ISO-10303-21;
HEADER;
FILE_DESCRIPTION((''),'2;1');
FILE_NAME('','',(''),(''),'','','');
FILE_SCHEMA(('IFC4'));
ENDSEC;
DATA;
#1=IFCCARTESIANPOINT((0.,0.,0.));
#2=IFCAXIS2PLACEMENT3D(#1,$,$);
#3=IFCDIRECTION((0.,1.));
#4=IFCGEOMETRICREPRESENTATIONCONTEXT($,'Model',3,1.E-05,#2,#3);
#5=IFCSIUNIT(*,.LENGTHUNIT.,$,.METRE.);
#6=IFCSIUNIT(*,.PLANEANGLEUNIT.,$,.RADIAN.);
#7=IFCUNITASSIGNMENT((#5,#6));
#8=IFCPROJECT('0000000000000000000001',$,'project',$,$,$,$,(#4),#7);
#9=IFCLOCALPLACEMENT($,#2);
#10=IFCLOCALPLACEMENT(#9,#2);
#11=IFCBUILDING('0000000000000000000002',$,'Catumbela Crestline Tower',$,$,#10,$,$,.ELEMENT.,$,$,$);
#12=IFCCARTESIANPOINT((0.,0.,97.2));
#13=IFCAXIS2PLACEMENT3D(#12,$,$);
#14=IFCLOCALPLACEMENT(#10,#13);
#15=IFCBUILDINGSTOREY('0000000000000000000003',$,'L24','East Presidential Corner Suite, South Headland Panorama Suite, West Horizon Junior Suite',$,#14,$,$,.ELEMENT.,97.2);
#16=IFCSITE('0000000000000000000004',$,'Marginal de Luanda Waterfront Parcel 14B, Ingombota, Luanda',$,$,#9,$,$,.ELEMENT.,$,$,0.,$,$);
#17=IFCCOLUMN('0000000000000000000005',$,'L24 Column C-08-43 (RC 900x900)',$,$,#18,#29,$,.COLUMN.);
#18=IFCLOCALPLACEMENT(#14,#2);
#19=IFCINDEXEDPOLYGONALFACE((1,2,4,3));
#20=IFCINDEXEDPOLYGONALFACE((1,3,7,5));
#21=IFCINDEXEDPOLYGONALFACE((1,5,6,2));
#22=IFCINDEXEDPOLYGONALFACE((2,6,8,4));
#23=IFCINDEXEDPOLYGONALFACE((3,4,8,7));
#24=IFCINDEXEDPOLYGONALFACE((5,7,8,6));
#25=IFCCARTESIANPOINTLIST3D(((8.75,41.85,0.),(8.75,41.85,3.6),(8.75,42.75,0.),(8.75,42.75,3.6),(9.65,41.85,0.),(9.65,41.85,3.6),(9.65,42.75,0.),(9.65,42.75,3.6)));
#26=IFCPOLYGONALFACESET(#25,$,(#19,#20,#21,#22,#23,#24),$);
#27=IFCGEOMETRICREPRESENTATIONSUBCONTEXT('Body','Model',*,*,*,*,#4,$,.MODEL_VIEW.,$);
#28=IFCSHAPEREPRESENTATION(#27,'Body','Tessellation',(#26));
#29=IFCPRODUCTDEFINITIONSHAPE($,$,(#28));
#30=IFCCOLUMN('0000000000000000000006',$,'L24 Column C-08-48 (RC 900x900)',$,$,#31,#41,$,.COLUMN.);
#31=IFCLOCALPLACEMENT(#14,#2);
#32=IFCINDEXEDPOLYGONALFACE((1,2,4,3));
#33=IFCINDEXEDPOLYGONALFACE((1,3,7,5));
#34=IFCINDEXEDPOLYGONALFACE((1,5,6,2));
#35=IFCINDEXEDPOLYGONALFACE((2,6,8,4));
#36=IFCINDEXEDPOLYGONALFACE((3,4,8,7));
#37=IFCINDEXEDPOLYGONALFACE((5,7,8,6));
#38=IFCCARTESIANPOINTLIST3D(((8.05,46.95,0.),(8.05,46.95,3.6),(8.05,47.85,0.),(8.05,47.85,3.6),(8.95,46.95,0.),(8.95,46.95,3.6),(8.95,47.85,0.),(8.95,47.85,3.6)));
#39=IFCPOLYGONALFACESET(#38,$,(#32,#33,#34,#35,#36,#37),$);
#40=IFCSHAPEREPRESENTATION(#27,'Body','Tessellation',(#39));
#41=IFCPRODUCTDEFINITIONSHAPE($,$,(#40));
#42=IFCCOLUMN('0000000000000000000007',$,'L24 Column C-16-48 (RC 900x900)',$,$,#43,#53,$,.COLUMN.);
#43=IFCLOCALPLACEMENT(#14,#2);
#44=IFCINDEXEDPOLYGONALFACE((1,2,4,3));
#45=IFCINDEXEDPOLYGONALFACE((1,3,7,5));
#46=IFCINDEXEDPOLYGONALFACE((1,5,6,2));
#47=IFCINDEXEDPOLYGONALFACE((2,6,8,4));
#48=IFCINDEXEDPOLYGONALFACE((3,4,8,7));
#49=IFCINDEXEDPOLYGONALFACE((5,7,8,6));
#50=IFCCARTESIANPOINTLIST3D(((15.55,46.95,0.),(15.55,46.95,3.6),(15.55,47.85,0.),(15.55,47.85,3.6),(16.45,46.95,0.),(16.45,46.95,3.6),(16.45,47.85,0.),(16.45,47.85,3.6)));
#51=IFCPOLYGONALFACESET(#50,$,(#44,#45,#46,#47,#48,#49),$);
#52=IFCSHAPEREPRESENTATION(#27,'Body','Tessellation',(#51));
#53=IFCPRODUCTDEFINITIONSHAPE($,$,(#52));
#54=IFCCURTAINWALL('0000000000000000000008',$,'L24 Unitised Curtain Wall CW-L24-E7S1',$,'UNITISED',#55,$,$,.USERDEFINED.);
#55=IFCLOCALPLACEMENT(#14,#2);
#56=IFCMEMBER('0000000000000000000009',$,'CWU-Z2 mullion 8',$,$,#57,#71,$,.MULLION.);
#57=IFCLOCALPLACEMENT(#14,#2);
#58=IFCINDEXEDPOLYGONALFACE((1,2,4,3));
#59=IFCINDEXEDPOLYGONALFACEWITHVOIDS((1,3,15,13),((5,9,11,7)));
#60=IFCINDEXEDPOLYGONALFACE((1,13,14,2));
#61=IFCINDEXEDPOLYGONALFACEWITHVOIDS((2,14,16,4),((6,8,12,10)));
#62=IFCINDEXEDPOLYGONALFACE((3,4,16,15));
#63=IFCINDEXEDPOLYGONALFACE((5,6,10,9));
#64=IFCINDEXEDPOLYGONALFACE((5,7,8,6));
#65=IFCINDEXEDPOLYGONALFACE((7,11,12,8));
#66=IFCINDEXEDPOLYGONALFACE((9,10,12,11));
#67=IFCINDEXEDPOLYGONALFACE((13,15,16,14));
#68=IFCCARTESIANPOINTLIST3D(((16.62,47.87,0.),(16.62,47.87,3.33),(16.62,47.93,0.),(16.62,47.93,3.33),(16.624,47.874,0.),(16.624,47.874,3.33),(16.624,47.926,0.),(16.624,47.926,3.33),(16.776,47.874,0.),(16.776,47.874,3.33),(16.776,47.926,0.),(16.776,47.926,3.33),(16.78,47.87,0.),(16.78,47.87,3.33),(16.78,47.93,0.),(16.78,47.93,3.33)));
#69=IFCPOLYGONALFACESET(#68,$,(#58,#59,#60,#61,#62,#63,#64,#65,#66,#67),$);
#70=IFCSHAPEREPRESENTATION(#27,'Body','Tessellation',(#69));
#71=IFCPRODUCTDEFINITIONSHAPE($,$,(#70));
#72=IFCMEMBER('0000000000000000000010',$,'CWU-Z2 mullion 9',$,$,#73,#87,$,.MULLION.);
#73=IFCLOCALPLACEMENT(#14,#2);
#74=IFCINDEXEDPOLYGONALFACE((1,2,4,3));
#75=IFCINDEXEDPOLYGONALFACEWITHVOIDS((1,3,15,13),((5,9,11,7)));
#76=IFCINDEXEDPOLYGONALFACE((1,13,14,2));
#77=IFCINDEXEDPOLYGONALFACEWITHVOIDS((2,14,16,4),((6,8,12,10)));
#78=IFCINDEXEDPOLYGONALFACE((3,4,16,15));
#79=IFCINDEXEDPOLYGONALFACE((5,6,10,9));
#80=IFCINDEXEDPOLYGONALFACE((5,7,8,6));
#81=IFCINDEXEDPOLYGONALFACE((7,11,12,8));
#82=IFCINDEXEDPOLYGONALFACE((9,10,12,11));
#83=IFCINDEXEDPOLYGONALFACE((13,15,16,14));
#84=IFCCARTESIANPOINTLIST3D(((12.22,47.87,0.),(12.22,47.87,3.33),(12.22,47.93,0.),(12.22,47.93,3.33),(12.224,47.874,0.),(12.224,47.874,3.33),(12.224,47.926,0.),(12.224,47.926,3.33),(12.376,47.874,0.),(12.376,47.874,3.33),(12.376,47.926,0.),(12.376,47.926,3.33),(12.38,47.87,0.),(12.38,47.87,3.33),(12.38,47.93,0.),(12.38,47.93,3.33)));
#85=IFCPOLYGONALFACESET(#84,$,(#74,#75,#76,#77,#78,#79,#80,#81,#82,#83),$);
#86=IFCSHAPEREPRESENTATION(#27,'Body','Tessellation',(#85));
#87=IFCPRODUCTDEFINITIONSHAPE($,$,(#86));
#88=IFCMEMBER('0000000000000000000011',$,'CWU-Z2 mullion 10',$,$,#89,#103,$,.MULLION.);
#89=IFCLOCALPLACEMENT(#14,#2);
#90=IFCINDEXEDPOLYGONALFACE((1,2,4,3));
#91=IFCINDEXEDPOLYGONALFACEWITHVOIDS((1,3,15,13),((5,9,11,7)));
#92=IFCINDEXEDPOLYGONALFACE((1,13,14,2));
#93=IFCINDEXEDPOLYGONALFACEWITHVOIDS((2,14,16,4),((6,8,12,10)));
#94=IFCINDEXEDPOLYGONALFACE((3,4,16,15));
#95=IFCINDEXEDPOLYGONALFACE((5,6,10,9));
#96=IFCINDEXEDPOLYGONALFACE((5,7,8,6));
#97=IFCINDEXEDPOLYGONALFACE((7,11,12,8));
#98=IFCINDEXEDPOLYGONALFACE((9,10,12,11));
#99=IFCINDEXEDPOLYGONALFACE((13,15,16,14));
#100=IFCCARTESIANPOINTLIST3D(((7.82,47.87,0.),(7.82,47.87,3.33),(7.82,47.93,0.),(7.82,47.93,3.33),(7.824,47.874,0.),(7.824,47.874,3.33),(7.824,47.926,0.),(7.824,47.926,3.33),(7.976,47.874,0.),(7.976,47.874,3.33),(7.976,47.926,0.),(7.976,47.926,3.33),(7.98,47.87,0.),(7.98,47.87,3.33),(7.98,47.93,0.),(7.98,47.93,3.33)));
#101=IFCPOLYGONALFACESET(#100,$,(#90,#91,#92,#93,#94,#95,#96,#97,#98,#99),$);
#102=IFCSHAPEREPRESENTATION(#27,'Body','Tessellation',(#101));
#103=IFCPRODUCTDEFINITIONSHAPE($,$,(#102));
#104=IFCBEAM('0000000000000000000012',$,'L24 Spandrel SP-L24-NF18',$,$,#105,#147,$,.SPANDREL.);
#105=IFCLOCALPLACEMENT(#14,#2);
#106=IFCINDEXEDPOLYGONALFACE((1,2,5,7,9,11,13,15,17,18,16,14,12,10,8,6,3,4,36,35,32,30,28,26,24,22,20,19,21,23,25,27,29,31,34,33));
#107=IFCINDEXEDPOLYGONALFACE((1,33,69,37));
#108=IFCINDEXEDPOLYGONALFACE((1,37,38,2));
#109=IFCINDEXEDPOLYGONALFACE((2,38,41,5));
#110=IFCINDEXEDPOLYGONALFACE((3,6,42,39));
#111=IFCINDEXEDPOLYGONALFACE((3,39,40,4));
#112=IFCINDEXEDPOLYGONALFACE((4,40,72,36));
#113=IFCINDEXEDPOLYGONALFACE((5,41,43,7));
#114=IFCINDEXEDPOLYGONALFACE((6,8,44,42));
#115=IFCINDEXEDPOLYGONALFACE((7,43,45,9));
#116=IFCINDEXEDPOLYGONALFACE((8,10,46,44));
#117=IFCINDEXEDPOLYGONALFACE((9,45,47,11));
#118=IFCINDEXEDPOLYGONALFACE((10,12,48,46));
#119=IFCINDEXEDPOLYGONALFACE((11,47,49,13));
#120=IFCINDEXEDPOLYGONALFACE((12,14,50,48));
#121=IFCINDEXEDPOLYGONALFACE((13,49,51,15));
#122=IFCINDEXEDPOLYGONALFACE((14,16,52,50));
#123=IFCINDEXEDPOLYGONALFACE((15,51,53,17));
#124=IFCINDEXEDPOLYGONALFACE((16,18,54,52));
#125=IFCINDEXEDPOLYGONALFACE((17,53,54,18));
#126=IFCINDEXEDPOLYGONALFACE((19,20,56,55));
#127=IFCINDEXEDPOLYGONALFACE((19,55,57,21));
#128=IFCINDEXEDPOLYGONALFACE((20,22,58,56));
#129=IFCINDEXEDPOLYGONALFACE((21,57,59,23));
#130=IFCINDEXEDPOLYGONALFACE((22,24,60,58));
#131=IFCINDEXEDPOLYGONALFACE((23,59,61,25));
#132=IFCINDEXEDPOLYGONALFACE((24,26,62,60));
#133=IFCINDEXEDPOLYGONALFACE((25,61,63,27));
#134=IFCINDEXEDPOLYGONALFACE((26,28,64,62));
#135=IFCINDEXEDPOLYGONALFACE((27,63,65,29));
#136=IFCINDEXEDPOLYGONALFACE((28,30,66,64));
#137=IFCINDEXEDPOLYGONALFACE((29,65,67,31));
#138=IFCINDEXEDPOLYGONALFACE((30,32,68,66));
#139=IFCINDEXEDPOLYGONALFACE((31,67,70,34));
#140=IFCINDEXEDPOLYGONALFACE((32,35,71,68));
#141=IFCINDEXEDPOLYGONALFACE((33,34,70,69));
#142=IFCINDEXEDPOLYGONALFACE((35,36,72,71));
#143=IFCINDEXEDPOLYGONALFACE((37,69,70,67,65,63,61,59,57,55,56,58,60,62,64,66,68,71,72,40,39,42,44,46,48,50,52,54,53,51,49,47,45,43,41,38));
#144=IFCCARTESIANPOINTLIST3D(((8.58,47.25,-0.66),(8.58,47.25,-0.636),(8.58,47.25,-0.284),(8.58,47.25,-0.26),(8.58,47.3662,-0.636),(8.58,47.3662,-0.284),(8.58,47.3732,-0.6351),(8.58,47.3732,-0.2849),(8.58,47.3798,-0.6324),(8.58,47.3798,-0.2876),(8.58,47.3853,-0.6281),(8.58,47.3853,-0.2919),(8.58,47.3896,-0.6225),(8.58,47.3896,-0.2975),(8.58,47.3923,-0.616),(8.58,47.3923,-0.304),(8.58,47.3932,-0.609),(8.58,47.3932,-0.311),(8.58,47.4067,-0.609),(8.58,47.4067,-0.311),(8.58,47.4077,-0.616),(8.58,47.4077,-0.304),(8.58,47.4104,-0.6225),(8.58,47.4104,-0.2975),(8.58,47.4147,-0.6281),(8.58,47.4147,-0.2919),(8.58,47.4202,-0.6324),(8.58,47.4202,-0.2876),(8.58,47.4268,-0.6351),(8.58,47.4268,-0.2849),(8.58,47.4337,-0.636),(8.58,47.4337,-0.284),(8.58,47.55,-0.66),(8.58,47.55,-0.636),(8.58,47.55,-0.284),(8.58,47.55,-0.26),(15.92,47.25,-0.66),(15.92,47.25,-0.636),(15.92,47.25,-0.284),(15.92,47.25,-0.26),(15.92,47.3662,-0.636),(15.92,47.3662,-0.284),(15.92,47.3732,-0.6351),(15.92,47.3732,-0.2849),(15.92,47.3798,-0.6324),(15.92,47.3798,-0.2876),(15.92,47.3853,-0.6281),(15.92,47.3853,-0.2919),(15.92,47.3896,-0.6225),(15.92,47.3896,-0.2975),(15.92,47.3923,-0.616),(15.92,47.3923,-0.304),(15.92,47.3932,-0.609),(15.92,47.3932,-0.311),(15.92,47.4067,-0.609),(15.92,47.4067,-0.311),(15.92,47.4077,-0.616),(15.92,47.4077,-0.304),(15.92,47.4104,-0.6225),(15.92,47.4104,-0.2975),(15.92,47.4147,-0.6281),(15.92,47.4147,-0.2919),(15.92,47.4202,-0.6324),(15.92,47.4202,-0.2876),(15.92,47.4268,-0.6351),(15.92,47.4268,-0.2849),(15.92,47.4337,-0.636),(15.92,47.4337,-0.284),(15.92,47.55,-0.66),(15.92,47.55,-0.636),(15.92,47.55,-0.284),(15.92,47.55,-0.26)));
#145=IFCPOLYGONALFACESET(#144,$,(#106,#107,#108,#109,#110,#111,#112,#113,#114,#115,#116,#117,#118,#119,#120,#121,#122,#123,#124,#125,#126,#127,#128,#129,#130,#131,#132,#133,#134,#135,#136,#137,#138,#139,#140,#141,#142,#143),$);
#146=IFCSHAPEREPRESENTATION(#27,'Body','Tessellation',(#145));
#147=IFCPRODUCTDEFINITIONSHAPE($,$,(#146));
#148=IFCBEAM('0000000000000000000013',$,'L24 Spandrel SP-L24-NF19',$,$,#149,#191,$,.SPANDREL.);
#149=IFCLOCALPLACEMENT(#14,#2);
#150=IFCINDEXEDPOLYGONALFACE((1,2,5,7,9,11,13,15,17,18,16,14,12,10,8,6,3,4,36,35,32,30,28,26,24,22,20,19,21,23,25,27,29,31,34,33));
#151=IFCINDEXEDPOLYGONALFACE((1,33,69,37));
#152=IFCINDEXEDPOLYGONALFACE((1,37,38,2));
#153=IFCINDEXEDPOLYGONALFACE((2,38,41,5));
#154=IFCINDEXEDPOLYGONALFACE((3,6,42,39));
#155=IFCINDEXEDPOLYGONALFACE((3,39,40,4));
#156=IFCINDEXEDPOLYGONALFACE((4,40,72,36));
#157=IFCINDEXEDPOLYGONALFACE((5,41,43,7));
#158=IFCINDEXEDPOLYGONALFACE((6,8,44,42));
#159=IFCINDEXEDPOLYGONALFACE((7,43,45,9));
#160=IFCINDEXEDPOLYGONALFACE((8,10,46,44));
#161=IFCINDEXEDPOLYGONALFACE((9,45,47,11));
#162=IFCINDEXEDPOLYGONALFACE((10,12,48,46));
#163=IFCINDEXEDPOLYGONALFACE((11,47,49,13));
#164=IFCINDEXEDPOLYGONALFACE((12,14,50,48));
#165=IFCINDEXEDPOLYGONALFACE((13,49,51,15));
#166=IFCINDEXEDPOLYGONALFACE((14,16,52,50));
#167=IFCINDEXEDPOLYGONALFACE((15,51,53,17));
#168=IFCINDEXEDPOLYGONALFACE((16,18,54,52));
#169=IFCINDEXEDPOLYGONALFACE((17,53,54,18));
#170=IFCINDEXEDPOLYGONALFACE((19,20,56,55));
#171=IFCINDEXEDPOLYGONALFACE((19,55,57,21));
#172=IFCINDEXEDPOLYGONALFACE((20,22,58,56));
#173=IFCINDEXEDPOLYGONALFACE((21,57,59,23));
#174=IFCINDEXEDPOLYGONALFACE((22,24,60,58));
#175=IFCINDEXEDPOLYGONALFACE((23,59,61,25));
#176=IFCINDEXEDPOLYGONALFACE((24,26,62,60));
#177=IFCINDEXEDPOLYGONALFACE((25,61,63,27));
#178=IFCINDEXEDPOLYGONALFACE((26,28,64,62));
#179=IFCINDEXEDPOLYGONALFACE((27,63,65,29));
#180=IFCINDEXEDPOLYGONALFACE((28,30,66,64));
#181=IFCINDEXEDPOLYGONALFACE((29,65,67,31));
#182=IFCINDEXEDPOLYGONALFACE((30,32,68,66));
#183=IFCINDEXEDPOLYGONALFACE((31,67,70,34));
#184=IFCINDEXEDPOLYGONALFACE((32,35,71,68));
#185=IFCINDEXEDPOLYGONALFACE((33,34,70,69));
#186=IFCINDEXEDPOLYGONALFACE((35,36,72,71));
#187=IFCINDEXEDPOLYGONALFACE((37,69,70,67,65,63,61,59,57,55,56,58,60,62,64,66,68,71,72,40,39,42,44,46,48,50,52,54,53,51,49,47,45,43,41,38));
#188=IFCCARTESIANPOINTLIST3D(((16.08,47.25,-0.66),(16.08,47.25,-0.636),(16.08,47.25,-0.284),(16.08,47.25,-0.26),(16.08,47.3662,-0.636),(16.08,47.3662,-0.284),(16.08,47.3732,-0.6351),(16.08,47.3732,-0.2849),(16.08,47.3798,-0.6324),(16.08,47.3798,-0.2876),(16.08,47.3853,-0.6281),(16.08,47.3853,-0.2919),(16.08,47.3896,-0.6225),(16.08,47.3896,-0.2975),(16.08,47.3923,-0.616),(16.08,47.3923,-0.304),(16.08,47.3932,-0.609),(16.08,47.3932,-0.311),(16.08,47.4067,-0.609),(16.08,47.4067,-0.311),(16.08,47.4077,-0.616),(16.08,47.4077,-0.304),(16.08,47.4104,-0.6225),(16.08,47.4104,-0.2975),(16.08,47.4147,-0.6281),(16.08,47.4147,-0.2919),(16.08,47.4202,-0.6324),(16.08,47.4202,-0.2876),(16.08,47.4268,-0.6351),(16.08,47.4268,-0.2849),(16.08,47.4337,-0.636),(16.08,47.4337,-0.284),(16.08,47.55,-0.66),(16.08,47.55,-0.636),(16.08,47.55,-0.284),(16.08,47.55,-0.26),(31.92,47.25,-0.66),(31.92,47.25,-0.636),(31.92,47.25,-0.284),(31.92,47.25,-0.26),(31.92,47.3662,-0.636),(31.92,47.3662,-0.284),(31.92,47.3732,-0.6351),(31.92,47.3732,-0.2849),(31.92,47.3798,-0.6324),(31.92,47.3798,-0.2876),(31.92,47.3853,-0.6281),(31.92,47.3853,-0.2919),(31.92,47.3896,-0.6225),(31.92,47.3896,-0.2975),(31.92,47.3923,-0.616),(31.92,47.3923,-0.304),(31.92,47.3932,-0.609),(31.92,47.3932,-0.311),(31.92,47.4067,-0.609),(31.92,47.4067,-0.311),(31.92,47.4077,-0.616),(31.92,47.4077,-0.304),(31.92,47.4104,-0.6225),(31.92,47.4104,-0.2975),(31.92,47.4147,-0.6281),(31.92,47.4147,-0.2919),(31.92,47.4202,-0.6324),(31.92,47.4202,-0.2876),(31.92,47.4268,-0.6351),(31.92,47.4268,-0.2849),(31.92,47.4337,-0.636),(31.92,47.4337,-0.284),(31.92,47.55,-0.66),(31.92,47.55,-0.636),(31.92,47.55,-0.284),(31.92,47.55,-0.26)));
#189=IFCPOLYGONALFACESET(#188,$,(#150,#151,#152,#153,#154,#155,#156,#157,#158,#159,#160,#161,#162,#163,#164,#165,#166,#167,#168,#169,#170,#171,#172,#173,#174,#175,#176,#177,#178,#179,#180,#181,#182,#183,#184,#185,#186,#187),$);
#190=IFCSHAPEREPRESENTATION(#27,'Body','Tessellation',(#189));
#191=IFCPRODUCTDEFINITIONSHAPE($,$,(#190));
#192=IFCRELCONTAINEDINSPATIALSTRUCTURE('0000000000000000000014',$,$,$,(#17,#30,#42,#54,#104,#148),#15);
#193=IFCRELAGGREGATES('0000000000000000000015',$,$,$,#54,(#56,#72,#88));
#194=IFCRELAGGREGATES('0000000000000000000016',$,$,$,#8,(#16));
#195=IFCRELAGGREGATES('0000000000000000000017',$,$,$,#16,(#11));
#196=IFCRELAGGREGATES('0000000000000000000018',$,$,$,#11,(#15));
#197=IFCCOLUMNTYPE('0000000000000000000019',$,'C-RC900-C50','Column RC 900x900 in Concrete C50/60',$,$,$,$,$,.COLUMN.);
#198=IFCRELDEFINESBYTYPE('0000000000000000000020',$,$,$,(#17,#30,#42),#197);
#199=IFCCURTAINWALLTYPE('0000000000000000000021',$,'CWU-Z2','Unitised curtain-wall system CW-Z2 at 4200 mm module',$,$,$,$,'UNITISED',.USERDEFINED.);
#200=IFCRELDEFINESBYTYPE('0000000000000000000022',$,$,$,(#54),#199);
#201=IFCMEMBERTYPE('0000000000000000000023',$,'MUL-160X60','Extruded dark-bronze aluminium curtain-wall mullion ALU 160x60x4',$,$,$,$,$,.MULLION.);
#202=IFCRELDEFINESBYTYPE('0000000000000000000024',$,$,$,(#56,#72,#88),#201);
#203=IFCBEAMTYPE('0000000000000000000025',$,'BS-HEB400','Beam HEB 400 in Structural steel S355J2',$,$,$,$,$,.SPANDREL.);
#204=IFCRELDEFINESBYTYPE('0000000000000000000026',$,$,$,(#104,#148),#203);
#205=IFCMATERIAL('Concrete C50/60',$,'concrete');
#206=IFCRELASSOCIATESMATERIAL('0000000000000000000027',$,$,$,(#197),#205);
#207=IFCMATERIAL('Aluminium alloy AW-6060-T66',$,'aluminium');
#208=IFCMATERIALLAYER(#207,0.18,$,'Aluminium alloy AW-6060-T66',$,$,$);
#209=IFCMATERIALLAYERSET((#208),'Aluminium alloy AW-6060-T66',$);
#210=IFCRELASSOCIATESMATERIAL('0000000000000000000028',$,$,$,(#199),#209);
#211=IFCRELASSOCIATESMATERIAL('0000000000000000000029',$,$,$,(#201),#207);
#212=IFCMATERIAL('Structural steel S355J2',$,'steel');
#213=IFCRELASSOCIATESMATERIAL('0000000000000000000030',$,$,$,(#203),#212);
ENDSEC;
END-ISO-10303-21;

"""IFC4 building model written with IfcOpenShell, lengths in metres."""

from ifc_helpers import new_model, si_unit, direction, frame, origin, origin_2d, place, context, subcontext, project, spatial, rectangle, hollow_rectangle, i_section, extrude, material, layer, layer_set, material_profile, profile_set, type_object, element, aggregate, save


model = new_model("IFC4")

# Units and contexts
model_context = context("Model", 3, precision=1e-05, world=origin(), true_north=direction((0.0, 1.0)))
body_context = subcontext(model_context, "Body", "Model", "MODEL_VIEW")
ifc_project = project(units=[si_unit("LENGTHUNIT", "METRE"), si_unit("PLANEANGLEUNIT", "RADIAN")], contexts=[model_context])

# Site, building, storey
site_placement = place(None, origin())
site = spatial("IfcSite", under=ifc_project, at=site_placement, Name="Marginal de Luanda Waterfront Parcel 14B, Ingombota, Luanda", CompositionType="ELEMENT", RefElevation=0.0)
building_placement = place(site_placement, origin())
building = spatial("IfcBuilding", under=site, at=building_placement, Name="Catumbela Crestline Tower", CompositionType="ELEMENT")
storey_placement = place(building_placement, frame((0.0, 0.0, 97.2)))
storey = spatial("IfcBuildingStorey", under=building, at=storey_placement, Name="L24", Description="East Presidential Corner Suite, South Headland Panorama Suite, West Horizon Junior Suite", CompositionType="ELEMENT", Elevation=97.2)

# Columns
ifc_material_1 = material(Name="Concrete C50/60", Category="concrete")
ifc_material_profile_1 = material_profile(ifc_material_1, rectangle(XDim=0.9, YDim=0.9, at=origin_2d()), Name="RC 900x900")
ifc_profile_set_1 = profile_set([ifc_material_profile_1], Name="Concrete C50/60")
column_type = type_object("IfcColumnType", Name="C-RC900-C50", Description="Column RC 900x900 in Concrete C50/60", PredefinedType="COLUMN", material=ifc_profile_set_1)
for number, where, z_axis, x_axis, name in (
    (1, (9.2, 42.3, 0.0), (0.0, 0.0, 1.0), (1.0, 0.0, 0.0), "L24 Column C-08-43 (RC 900x900)"),
    (2, (8.5, 47.4, 0.0), (0.0, 0.0, 1.0), (1.0, 0.0, 0.0), "L24 Column C-08-48 (RC 900x900)"),
    (3, (16.0, 47.4, 0.0), (0.0, 0.0, 1.0), (1.0, 0.0, 0.0), "L24 Column C-16-48 (RC 900x900)"),
):
    element("IfcColumn", number, at=place(storey_placement, frame(where, z_axis=z_axis, x_axis=x_axis)), inside=storey, type_object=column_type, Name=name, PredefinedType="COLUMN", context=body_context, shape_type="SweptSolid", body=[
        extrude(rectangle(XDim=0.9, YDim=0.9, at=origin_2d()), origin(), (0.0, 0.0, 1.0), 3.6),
    ])

# Curtain wall, members
ifc_material_2 = material(Name="Aluminium alloy AW-6060-T66", Category="aluminium")
ifc_layer_1 = layer(ifc_material_2, 0.18, Name="Aluminium alloy AW-6060-T66")
ifc_layer_set_1 = layer_set([ifc_layer_1], Name="Aluminium alloy AW-6060-T66")
curtain_wall_type = type_object("IfcCurtainWallType", Name="CWU-Z2", Description="Unitised curtain-wall system CW-Z2 at 4200 mm module", ElementType="UNITISED", PredefinedType="USERDEFINED", material=ifc_layer_set_1)
curtain_wall_placement = place(storey_placement, origin())
curtain_wall = element("IfcCurtainWall", 4, at=curtain_wall_placement, inside=storey, type_object=curtain_wall_type, Name="L24 Unitised Curtain Wall CW-L24-E7S1", ObjectType="UNITISED", PredefinedType="USERDEFINED")
ifc_material_profile_2 = material_profile(ifc_material_2, hollow_rectangle(XDim=0.06, YDim=0.16, WallThickness=0.004, at=origin_2d()), Name="ALU 160x60x4")
ifc_profile_set_2 = profile_set([ifc_material_profile_2], Name="Aluminium alloy AW-6060-T66")
member_type_1 = type_object("IfcMemberType", Name="MUL-160X60", Description="Extruded dark-bronze aluminium curtain-wall mullion ALU 160x60x4", PredefinedType="MULLION", material=ifc_profile_set_2)
member_1_placement = place(storey_placement, frame((16.7, 47.9, 0.0), z_axis=(0.0, 0.0, 1.0), x_axis=(0.0, -1.0, 0.0)))
member_1 = element("IfcMember", 5, at=member_1_placement, type_object=member_type_1, Name="CWU-Z2 mullion 8", PredefinedType="MULLION", context=body_context, shape_type="SweptSolid", body=[
    extrude(hollow_rectangle(XDim=0.06, YDim=0.16, WallThickness=0.004, at=origin_2d()), origin(), (0.0, 0.0, 1.0), 3.33),
])
member_2_placement = place(storey_placement, frame((12.3, 47.9, 0.0), z_axis=(0.0, 0.0, 1.0), x_axis=(0.0, -1.0, 0.0)))
member_2 = element("IfcMember", 6, at=member_2_placement, type_object=member_type_1, Name="CWU-Z2 mullion 9", PredefinedType="MULLION", context=body_context, shape_type="SweptSolid", body=[
    extrude(hollow_rectangle(XDim=0.06, YDim=0.16, WallThickness=0.004, at=origin_2d()), origin(), (0.0, 0.0, 1.0), 3.33),
])
member_3_placement = place(storey_placement, frame((7.9, 47.9, 0.0), z_axis=(0.0, 0.0, 1.0), x_axis=(0.0, -1.0, 0.0)))
member_3 = element("IfcMember", 7, at=member_3_placement, type_object=member_type_1, Name="CWU-Z2 mullion 10", PredefinedType="MULLION", context=body_context, shape_type="SweptSolid", body=[
    extrude(hollow_rectangle(XDim=0.06, YDim=0.16, WallThickness=0.004, at=origin_2d()), origin(), (0.0, 0.0, 1.0), 3.33),
])

# Beams
ifc_material_3 = material(Name="Structural steel S355J2", Category="steel")
ifc_material_profile_3 = material_profile(ifc_material_3, i_section(OverallWidth=0.3, OverallDepth=0.4, WebThickness=0.0135, FlangeThickness=0.024, FilletRadius=0.027, at=origin_2d()), Name="HEB 400")
ifc_profile_set_3 = profile_set([ifc_material_profile_3], Name="Structural steel S355J2")
beam_type = type_object("IfcBeamType", Name="BS-HEB400", Description="Beam HEB 400 in Structural steel S355J2", PredefinedType="SPANDREL", material=ifc_profile_set_3)
beam_1_placement = place(storey_placement, frame((8.58, 47.4, -0.46), z_axis=(1.0, 0.0, 0.0), x_axis=(0.0, 1.0, 0.0)))
element("IfcBeam", 8, at=beam_1_placement, inside=storey, type_object=beam_type, Name="L24 Spandrel SP-L24-NF18", PredefinedType="SPANDREL", context=body_context, shape_type="SweptSolid", body=[
    extrude(i_section(OverallWidth=0.3, OverallDepth=0.4, WebThickness=0.0135, FlangeThickness=0.024, FilletRadius=0.027, at=origin_2d()), origin(), (0.0, 0.0, 1.0), 7.34),
])
beam_2_placement = place(storey_placement, frame((16.08, 47.4, -0.46), z_axis=(1.0, 0.0, 0.0), x_axis=(0.0, 1.0, 0.0)))
element("IfcBeam", 9, at=beam_2_placement, inside=storey, type_object=beam_type, Name="L24 Spandrel SP-L24-NF19", PredefinedType="SPANDREL", context=body_context, shape_type="SweptSolid", body=[
    extrude(i_section(OverallWidth=0.3, OverallDepth=0.4, WebThickness=0.0135, FlangeThickness=0.024, FilletRadius=0.027, at=origin_2d()), origin(), (0.0, 0.0, 1.0), 15.84),
])

aggregate(curtain_wall, [member_1, member_2, member_3])

save(model, "model.ifc")
